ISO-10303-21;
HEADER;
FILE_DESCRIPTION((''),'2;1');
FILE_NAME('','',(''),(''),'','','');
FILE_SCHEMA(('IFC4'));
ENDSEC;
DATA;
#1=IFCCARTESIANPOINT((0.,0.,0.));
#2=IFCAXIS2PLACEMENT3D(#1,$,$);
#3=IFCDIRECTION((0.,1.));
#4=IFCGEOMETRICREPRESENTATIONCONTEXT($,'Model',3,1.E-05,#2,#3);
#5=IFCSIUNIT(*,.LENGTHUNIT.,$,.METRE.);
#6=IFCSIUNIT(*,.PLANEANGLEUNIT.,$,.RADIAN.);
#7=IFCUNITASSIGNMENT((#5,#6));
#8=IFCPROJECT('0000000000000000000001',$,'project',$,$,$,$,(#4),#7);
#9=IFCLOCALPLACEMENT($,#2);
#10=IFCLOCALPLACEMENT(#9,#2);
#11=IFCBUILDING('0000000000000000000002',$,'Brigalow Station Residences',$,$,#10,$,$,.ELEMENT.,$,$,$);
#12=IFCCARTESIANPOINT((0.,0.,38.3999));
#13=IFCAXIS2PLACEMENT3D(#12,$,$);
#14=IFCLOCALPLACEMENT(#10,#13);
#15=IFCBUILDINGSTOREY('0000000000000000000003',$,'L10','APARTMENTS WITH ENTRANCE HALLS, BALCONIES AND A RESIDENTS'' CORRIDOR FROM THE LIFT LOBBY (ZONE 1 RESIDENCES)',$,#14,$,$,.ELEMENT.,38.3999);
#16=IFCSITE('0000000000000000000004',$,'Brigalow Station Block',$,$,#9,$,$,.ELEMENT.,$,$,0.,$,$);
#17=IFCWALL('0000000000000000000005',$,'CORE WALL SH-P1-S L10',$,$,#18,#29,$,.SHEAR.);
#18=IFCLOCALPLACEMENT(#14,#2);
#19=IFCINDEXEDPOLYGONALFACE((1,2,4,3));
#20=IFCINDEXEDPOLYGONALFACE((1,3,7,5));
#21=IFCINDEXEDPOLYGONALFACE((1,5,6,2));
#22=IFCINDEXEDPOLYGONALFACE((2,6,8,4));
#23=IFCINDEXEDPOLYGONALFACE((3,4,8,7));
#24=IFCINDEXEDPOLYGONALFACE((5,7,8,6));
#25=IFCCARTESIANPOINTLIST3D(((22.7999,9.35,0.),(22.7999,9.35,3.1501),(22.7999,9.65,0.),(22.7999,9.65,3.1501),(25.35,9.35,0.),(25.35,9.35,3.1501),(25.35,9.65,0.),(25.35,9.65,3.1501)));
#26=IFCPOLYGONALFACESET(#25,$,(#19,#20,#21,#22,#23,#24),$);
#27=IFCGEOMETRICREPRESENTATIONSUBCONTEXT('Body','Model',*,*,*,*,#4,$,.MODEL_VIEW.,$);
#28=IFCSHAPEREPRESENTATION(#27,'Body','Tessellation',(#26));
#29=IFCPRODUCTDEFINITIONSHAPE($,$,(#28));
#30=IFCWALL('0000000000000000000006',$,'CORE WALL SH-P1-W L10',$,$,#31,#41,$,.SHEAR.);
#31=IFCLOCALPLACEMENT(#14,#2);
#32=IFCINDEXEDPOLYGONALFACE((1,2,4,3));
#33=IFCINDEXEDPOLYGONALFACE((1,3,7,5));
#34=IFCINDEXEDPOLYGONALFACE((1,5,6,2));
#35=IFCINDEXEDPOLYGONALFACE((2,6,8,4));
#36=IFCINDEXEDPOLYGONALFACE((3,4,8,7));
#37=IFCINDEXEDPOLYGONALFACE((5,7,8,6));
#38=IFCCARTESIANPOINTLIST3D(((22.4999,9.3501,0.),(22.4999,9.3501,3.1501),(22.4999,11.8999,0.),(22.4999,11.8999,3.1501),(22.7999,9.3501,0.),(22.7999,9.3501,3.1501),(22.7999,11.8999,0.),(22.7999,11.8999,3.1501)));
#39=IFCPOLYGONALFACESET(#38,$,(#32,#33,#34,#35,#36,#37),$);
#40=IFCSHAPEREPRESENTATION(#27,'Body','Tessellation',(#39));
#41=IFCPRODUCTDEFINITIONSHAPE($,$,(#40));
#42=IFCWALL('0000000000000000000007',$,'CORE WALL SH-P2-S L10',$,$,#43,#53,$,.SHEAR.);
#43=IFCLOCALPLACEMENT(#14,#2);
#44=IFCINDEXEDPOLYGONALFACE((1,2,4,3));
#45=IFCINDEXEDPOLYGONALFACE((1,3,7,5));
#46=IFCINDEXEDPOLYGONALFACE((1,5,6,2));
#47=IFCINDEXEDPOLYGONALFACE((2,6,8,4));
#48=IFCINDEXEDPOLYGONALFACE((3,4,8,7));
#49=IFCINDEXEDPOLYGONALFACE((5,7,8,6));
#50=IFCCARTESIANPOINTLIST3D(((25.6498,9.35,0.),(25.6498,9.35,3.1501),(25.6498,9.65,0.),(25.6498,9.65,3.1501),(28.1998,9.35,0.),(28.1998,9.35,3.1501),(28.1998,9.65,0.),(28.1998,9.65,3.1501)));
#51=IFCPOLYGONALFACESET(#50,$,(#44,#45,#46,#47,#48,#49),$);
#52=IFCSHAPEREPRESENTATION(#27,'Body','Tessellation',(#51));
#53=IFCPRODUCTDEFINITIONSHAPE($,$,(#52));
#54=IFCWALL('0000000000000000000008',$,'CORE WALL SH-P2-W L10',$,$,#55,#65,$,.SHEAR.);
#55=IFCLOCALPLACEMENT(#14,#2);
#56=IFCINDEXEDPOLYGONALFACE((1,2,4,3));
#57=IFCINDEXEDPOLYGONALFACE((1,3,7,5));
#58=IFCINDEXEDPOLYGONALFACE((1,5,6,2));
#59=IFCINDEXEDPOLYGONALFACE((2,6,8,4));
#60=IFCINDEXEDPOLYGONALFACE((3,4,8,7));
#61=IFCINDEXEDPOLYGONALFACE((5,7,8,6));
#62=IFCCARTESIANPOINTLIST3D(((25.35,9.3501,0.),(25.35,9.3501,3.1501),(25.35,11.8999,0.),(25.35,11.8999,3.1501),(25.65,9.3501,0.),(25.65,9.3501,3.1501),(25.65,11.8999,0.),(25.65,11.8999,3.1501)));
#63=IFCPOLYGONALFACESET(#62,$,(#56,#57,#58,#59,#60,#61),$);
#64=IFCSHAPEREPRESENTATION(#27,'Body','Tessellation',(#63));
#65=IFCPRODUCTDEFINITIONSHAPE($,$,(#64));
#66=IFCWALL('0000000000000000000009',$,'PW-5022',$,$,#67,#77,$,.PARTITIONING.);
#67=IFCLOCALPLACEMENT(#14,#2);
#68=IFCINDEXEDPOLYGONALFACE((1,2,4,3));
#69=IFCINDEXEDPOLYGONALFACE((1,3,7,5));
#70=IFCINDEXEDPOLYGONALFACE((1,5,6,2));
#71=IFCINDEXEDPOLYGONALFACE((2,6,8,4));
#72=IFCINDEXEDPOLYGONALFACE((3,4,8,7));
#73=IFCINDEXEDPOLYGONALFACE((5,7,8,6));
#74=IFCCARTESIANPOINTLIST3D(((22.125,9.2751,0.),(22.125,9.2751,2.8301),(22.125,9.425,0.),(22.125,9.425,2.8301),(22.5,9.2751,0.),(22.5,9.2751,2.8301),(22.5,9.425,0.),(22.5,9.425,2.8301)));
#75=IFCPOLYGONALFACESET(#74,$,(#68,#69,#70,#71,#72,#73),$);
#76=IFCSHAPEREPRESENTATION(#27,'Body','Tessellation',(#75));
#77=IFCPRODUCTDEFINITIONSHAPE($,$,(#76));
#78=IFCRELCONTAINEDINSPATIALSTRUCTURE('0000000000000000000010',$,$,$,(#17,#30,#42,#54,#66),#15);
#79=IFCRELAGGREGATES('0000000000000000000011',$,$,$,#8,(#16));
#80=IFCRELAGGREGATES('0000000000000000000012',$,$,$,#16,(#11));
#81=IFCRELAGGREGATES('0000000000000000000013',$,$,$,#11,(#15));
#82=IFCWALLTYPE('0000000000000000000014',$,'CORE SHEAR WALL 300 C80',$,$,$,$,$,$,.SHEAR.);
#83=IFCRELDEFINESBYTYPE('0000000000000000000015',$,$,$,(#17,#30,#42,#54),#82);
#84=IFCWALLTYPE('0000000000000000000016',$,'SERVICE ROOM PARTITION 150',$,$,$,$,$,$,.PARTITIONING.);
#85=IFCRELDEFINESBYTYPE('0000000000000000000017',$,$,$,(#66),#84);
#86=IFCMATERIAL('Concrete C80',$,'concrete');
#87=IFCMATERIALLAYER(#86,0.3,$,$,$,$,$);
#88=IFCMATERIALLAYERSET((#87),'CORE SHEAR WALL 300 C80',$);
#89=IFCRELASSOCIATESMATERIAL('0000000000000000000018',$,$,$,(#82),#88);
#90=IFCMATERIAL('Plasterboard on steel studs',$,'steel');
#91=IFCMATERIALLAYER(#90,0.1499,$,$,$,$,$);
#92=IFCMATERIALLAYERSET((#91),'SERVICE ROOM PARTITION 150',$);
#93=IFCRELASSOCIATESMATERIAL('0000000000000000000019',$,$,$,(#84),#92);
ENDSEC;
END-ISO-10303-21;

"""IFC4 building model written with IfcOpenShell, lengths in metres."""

from ifc_helpers import new_model, si_unit, direction, frame, frame_2d, origin, place, context, subcontext, project, spatial, rectangle, extrude, material, layer, layer_set, type_object, element, save


model = new_model("IFC4")

# Units and contexts
model_context = context("Model", 3, precision=1e-05, world=origin(), true_north=direction((0.0, 1.0)))
body_context = subcontext(model_context, "Body", "Model", "MODEL_VIEW")
ifc_project = project(units=[si_unit("LENGTHUNIT", "METRE"), si_unit("PLANEANGLEUNIT", "RADIAN")], contexts=[model_context])

# Site, building, storey
site_placement = place(None, origin())
site = spatial("IfcSite", under=ifc_project, at=site_placement, Name="Brigalow Station Block", CompositionType="ELEMENT", RefElevation=0.0)
building_placement = place(site_placement, origin())
building = spatial("IfcBuilding", under=site, at=building_placement, Name="Brigalow Station Residences", CompositionType="ELEMENT")
storey_placement = place(building_placement, frame((0.0, 0.0, 38.3999)))
storey = spatial("IfcBuildingStorey", under=building, at=storey_placement, Name="L10", Description="APARTMENTS WITH ENTRANCE HALLS, BALCONIES AND A RESIDENTS' CORRIDOR FROM THE LIFT LOBBY (ZONE 1 RESIDENCES)", CompositionType="ELEMENT", Elevation=38.3999)

# Walls
ifc_material_1 = material(Name="Concrete C80", Category="concrete")
ifc_layer_1 = layer(ifc_material_1, 0.3)
ifc_layer_set_1 = layer_set([ifc_layer_1], Name="CORE SHEAR WALL 300 C80")
wall_type_1 = type_object("IfcWallType", Name="CORE SHEAR WALL 300 C80", PredefinedType="SHEAR", material=ifc_layer_set_1)
wall_1_placement = place(storey_placement, frame((22.8, 9.5, 0.0), z_axis=(0.0, 0.0, 1.0), x_axis=(1.0, 0.0, 0.0)))
element("IfcWall", 1, at=wall_1_placement, inside=storey, type_object=wall_type_1, Name="CORE WALL SH-P1-S L10", PredefinedType="SHEAR", context=body_context, shape_type="SweptSolid", body=[
    extrude(rectangle(XDim=2.55, YDim=0.3, at=frame_2d((1.2749, 0.0))), origin(), (0.0, 0.0, 1.0), 3.1501),
])
wall_2_placement = place(storey_placement, frame((22.6499, 9.3501, 0.0), z_axis=(0.0, 0.0, 1.0), x_axis=(0.0, 1.0, 0.0)))
element("IfcWall", 2, at=wall_2_placement, inside=storey, type_object=wall_type_1, Name="CORE WALL SH-P1-W L10", PredefinedType="SHEAR", context=body_context, shape_type="SweptSolid", body=[
    extrude(rectangle(XDim=2.5498, YDim=0.3, at=frame_2d((1.2749, 0.0))), origin(), (0.0, 0.0, 1.0), 3.1501),
])
wall_3_placement = place(storey_placement, frame((25.6499, 9.5, 0.0), z_axis=(0.0, 0.0, 1.0), x_axis=(1.0, 0.0, 0.0)))
element("IfcWall", 3, at=wall_3_placement, inside=storey, type_object=wall_type_1, Name="CORE WALL SH-P2-S L10", PredefinedType="SHEAR", context=body_context, shape_type="SweptSolid", body=[
    extrude(rectangle(XDim=2.55, YDim=0.3, at=frame_2d((1.2749, 0.0))), origin(), (0.0, 0.0, 1.0), 3.1501),
])
wall_4_placement = place(storey_placement, frame((25.5, 9.3501, 0.0), z_axis=(0.0, 0.0, 1.0), x_axis=(0.0, 1.0, 0.0)))
element("IfcWall", 4, at=wall_4_placement, inside=storey, type_object=wall_type_1, Name="CORE WALL SH-P2-W L10", PredefinedType="SHEAR", context=body_context, shape_type="SweptSolid", body=[
    extrude(rectangle(XDim=2.5498, YDim=0.3, at=frame_2d((1.2749, 0.0))), origin(), (0.0, 0.0, 1.0), 3.1501),
])

# Wall
ifc_material_2 = material(Name="Plasterboard on steel studs", Category="steel")
ifc_layer_2 = layer(ifc_material_2, 0.1499)
ifc_layer_set_2 = layer_set([ifc_layer_2], Name="SERVICE ROOM PARTITION 150")
wall_type_2 = type_object("IfcWallType", Name="SERVICE ROOM PARTITION 150", PredefinedType="PARTITIONING", material=ifc_layer_set_2)
wall_5_placement = place(storey_placement, frame((22.125, 9.3501, 0.0), z_axis=(0.0, 0.0, 1.0), x_axis=(1.0, 0.0, 0.0)))
element("IfcWall", 5, at=wall_5_placement, inside=storey, type_object=wall_type_2, Name="PW-5022", PredefinedType="PARTITIONING", context=body_context, shape_type="SweptSolid", body=[
    extrude(rectangle(XDim=0.375, YDim=0.1499, at=frame_2d((0.1875, 0.0))), origin(), (0.0, 0.0, 1.0), 2.8301),
])

save(model, "model.ifc")
